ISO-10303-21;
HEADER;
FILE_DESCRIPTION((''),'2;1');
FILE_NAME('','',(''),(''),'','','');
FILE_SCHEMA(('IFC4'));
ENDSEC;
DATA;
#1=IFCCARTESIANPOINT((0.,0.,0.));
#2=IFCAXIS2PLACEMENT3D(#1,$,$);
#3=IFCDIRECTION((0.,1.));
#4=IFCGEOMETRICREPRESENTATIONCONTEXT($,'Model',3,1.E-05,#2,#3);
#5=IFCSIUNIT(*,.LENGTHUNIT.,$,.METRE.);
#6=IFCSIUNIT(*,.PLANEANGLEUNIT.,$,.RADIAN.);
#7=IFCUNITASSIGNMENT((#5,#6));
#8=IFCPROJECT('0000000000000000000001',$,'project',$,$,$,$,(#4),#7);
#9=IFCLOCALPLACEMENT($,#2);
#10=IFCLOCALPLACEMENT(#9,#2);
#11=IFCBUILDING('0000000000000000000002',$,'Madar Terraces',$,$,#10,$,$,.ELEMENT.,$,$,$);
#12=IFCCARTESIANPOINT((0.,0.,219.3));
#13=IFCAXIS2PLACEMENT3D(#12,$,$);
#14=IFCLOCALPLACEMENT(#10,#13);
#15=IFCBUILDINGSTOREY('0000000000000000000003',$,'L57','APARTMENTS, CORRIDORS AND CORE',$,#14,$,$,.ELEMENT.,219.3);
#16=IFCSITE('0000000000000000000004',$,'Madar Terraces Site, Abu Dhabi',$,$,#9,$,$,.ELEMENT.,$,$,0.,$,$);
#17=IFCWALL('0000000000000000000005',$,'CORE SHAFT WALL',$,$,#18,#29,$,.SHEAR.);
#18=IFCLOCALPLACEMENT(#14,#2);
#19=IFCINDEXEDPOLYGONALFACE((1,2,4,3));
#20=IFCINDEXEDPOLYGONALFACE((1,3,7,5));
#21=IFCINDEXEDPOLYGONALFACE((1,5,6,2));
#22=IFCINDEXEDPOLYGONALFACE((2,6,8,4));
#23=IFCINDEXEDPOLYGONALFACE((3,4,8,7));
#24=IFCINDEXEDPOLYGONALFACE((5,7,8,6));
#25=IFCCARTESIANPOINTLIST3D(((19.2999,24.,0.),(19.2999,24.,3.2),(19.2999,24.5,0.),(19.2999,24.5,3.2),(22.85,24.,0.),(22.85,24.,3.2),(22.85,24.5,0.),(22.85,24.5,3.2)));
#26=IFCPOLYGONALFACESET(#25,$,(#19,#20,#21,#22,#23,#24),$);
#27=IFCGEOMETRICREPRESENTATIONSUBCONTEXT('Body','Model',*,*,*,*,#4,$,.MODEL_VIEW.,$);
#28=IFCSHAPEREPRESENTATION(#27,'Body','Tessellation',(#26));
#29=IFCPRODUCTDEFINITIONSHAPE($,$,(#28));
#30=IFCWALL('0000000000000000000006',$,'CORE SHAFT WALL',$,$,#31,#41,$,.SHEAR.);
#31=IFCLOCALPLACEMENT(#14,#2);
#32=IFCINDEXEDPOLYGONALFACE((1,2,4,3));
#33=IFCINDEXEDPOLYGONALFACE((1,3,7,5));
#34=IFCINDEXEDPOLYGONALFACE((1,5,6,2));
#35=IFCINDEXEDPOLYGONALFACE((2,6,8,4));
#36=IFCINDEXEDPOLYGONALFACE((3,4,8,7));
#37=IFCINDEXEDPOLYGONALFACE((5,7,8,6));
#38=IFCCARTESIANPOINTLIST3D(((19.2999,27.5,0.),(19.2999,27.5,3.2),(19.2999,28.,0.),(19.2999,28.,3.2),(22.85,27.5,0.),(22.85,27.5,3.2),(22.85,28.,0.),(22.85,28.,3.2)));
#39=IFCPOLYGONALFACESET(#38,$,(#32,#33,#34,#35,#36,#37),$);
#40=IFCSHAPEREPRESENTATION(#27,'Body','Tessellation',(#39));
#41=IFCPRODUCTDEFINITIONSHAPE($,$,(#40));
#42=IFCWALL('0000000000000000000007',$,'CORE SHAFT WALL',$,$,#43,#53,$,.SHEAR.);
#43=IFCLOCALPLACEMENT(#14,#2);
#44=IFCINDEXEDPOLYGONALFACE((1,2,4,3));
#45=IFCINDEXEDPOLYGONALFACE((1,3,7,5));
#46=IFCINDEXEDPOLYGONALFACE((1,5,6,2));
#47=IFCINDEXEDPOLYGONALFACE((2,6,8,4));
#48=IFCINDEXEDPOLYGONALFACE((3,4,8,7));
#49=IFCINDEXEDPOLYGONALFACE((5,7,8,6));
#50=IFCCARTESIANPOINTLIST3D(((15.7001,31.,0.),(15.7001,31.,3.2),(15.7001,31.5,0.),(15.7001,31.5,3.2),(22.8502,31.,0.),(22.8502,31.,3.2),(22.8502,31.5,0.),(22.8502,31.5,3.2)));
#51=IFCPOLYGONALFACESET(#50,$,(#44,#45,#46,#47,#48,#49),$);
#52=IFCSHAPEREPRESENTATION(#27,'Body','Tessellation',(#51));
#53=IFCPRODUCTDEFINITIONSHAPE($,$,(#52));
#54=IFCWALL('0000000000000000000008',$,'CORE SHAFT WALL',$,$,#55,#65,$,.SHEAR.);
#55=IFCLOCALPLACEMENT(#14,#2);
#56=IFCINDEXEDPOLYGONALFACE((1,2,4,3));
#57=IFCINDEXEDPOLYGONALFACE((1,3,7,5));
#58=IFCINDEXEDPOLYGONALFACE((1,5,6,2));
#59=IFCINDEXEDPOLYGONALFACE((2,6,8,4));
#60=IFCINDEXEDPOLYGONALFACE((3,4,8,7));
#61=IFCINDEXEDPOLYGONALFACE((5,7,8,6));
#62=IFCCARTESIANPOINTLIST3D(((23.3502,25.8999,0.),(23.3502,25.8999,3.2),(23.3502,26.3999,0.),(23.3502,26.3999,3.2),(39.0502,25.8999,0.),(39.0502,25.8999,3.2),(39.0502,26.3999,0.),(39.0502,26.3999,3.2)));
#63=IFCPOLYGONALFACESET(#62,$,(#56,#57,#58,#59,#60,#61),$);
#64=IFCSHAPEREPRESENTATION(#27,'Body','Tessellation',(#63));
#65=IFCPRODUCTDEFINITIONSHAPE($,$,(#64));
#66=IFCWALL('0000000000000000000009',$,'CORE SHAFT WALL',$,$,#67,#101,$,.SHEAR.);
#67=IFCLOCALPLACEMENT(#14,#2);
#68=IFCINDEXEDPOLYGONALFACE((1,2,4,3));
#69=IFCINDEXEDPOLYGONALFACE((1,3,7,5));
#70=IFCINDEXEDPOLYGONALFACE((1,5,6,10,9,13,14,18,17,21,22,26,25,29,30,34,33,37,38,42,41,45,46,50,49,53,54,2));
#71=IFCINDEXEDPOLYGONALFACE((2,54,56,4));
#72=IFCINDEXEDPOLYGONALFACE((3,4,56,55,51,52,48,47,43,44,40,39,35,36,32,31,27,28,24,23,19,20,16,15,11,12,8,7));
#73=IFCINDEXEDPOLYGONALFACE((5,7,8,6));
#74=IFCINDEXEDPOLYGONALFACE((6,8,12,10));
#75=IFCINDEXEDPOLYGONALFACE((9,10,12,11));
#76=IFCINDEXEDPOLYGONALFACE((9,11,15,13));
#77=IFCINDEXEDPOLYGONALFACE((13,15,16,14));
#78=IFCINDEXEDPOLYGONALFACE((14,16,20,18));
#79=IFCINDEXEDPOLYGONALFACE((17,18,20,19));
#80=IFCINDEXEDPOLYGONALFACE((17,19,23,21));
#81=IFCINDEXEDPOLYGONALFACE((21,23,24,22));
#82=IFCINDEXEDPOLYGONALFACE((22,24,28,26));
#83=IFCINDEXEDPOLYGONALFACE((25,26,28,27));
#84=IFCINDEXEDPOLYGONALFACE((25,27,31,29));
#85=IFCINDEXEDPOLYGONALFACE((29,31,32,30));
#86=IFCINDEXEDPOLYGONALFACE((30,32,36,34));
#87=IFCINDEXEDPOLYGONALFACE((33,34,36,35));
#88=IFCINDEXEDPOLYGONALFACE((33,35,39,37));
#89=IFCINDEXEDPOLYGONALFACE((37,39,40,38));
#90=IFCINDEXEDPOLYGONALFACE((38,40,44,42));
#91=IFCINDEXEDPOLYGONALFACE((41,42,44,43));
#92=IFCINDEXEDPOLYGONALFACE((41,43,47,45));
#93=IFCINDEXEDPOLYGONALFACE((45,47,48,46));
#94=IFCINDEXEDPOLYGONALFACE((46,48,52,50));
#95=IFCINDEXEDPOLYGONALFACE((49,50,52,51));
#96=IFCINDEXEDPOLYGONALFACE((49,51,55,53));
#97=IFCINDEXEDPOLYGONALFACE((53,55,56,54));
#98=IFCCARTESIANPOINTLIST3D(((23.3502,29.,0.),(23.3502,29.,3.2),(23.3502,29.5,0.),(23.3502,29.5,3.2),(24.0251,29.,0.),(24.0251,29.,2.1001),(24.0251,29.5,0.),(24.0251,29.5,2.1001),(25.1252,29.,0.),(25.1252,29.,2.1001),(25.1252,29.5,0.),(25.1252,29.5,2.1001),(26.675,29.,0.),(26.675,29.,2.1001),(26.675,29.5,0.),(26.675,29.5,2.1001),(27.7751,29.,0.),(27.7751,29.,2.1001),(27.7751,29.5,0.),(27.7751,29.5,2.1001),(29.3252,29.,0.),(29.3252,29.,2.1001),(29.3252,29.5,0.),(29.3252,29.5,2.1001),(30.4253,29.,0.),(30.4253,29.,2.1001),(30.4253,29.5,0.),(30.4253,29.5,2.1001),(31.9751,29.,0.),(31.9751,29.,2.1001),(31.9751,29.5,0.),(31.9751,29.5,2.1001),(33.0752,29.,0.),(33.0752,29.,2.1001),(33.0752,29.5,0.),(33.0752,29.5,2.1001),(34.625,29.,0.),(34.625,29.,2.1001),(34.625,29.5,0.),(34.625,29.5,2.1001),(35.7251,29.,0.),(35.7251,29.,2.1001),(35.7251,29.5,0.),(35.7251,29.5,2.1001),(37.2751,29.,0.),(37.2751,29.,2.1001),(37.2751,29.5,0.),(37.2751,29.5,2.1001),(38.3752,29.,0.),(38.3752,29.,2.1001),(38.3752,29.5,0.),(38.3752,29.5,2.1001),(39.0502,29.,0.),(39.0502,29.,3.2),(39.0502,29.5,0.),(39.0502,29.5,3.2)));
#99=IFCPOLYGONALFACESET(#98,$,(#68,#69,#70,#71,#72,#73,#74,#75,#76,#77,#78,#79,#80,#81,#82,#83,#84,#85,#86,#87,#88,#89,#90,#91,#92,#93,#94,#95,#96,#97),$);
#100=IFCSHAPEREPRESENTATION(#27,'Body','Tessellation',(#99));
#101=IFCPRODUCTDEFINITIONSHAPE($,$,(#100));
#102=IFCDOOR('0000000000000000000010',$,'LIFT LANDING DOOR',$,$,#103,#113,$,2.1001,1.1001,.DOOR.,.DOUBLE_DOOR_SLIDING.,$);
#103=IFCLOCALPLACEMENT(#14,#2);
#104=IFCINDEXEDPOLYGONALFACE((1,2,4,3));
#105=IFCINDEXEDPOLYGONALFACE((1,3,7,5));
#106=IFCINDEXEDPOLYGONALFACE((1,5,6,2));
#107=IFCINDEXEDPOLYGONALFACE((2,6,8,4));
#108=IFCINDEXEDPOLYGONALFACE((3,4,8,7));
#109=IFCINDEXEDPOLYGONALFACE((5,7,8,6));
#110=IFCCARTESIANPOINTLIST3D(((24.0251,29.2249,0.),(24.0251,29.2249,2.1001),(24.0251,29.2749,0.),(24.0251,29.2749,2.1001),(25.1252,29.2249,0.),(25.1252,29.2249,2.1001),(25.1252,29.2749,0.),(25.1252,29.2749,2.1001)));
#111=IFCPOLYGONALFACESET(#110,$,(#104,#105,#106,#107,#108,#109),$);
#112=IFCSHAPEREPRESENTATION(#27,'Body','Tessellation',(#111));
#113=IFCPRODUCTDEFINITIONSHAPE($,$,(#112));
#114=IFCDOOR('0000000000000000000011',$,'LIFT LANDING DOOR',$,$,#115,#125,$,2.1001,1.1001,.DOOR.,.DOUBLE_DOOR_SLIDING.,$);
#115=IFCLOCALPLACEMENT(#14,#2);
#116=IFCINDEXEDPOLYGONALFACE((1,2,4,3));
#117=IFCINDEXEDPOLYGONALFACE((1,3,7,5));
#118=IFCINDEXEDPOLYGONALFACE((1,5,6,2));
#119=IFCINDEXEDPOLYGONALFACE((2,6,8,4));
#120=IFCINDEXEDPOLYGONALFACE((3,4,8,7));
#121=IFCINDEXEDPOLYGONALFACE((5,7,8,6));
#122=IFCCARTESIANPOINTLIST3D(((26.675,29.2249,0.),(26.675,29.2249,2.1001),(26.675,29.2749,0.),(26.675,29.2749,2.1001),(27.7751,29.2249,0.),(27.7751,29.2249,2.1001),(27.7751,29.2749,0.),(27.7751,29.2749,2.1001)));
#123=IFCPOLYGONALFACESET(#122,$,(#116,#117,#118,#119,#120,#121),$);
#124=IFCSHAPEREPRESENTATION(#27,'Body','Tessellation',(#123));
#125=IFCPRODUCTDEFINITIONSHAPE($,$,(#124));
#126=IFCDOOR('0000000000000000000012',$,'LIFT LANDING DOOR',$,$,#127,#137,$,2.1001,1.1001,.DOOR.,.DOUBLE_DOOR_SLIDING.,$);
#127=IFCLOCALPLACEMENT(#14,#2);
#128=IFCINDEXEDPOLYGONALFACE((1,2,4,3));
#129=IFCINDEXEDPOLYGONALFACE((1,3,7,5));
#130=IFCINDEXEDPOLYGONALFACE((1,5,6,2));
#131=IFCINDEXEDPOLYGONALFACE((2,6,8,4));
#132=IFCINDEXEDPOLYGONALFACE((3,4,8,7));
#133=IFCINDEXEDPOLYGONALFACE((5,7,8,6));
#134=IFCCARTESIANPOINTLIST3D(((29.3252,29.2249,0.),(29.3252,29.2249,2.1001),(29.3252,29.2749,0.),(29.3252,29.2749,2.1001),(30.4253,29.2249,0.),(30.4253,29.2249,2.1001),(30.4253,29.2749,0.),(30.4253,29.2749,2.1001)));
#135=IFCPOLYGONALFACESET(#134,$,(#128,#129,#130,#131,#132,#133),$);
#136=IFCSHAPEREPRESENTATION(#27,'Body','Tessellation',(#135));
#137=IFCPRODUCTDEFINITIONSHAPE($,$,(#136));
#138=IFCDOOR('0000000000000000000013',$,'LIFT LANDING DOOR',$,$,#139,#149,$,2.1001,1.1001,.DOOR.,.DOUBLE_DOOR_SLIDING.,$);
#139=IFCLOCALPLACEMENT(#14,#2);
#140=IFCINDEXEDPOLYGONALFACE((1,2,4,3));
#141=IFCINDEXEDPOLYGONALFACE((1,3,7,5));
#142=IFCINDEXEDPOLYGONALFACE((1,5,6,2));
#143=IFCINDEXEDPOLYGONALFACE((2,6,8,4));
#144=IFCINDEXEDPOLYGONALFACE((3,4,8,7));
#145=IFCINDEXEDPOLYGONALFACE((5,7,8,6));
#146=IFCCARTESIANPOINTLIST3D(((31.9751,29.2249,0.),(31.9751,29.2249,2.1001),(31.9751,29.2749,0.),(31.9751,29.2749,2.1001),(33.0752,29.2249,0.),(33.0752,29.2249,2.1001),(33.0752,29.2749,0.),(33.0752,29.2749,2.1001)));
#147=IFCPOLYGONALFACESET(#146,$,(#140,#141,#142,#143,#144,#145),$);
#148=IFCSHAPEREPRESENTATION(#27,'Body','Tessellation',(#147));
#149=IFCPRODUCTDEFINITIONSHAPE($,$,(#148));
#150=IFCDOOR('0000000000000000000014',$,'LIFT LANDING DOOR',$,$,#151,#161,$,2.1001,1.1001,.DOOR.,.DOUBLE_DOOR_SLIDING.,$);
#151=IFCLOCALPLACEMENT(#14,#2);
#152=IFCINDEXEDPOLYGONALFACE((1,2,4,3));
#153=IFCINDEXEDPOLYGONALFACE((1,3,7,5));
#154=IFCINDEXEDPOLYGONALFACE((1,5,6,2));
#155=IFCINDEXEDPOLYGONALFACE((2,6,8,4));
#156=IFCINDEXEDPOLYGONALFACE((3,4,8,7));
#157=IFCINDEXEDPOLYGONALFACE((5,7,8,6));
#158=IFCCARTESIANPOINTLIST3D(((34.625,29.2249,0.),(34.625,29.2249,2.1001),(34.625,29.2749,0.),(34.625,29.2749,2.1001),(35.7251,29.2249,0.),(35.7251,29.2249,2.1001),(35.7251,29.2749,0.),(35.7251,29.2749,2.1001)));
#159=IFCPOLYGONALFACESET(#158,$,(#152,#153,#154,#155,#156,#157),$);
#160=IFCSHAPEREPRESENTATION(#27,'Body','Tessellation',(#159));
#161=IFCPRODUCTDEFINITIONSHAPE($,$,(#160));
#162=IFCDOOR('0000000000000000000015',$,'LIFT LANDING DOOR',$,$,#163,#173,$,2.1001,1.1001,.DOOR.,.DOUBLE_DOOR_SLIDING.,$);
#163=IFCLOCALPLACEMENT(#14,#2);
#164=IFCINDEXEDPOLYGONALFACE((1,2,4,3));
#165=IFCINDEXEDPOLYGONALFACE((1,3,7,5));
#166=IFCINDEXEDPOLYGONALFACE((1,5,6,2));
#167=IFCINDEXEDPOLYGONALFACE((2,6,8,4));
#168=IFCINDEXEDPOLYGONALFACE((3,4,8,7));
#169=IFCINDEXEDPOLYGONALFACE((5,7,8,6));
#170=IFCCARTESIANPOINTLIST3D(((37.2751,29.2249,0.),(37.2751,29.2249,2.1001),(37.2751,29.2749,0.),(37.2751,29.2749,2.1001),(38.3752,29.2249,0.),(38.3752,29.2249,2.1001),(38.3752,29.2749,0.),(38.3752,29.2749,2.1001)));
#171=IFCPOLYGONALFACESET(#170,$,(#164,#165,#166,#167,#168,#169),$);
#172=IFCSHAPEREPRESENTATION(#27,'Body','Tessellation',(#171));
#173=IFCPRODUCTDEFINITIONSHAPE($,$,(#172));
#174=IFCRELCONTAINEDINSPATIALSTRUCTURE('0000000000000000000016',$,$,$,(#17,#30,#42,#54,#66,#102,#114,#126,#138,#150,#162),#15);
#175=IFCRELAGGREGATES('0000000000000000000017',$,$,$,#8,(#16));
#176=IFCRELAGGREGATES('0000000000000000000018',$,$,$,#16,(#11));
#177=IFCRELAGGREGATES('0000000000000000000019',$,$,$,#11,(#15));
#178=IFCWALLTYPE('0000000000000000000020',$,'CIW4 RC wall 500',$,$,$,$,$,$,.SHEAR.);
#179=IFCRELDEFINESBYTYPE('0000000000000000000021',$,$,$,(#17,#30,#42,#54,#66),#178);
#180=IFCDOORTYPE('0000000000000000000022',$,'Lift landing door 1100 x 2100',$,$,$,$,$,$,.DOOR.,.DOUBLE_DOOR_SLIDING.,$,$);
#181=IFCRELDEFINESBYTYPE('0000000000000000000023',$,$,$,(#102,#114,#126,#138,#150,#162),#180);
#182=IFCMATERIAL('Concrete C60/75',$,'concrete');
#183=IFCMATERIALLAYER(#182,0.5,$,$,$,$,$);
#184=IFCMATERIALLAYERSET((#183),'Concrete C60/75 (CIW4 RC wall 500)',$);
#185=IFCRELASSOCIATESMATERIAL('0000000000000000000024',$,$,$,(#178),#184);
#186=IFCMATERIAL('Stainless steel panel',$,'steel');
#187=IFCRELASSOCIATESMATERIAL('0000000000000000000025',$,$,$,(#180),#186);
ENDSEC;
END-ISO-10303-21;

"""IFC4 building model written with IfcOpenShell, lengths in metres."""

from ifc_helpers import new_model, si_unit, direction, frame, frame_2d, origin, place, context, subcontext, project, spatial, rectangle, extrude, material, layer, layer_set, type_object, element, fill, save


model = new_model("IFC4")

# Units and contexts
model_context = context("Model", 3, precision=1e-05, world=origin(), true_north=direction((0.0, 1.0)))
body_context = subcontext(model_context, "Body", "Model", "MODEL_VIEW")
ifc_project = project(units=[si_unit("LENGTHUNIT", "METRE"), si_unit("PLANEANGLEUNIT", "RADIAN")], contexts=[model_context])

# Site, building, storey
site_placement = place(None, origin())
site = spatial("IfcSite", under=ifc_project, at=site_placement, Name="Madar Terraces Site, Abu Dhabi", CompositionType="ELEMENT", RefElevation=0.0)
building_placement = place(site_placement, origin())
building = spatial("IfcBuilding", under=site, at=building_placement, Name="Madar Terraces", CompositionType="ELEMENT")
storey_placement = place(building_placement, frame((0.0, 0.0, 219.3)))
storey = spatial("IfcBuildingStorey", under=building, at=storey_placement, Name="L57", Description="APARTMENTS, CORRIDORS AND CORE", CompositionType="ELEMENT", Elevation=219.3)

# Walls
ifc_material_1 = material(Name="Concrete C60/75", Category="concrete")
ifc_layer_1 = layer(ifc_material_1, 0.5)
ifc_layer_set_1 = layer_set([ifc_layer_1], Name="Concrete C60/75 (CIW4 RC wall 500)")
wall_type_1 = type_object("IfcWallType", Name="CIW4 RC wall 500", PredefinedType="SHEAR", material=ifc_layer_set_1)
for number, where, z_axis, x_axis, name in (
    (1, (19.3, 24.25, 0.0), (0.0, 0.0, 1.0), (1.0, 0.0, 0.0), "CORE SHAFT WALL"),
    (2, (19.3, 27.75, 0.0), (0.0, 0.0, 1.0), (1.0, 0.0, 0.0), "CORE SHAFT WALL"),
):
    element("IfcWall", number, at=place(storey_placement, frame(where, z_axis=z_axis, x_axis=x_axis)), inside=storey, type_object=wall_type_1, Name=name, PredefinedType="SHEAR", context=body_context, shape_type="SweptSolid", body=[
        extrude(rectangle(XDim=3.55, YDim=0.5, at=frame_2d((1.7749, 0.0))), origin(), (0.0, 0.0, 1.0), 3.2),
    ])
wall_1_placement = place(storey_placement, frame((15.7, 31.25, 0.0), z_axis=(0.0, 0.0, 1.0), x_axis=(1.0, 0.0, 0.0)))
element("IfcWall", 3, at=wall_1_placement, inside=storey, type_object=wall_type_1, Name="CORE SHAFT WALL", PredefinedType="SHEAR", context=body_context, shape_type="SweptSolid", body=[
    extrude(rectangle(XDim=7.1501, YDim=0.5, at=frame_2d((3.5752, 0.0))), origin(), (0.0, 0.0, 1.0), 3.2),
])
wall_2_placement = place(storey_placement, frame((23.3501, 26.1499, 0.0), z_axis=(0.0, 0.0, 1.0), x_axis=(1.0, 0.0, 0.0)))
element("IfcWall", 4, at=wall_2_placement, inside=storey, type_object=wall_type_1, Name="CORE SHAFT WALL", PredefinedType="SHEAR", context=body_context, shape_type="SweptSolid", body=[
    extrude(rectangle(XDim=15.7, YDim=0.5, at=frame_2d((7.8501, 0.0))), origin(), (0.0, 0.0, 1.0), 3.2),
])

# Wall, openings, doors
wall_3_placement = place(storey_placement, frame((23.3501, 29.25, 0.0), z_axis=(0.0, 0.0, 1.0), x_axis=(1.0, 0.0, 0.0)))
wall_3 = element("IfcWall", 5, at=wall_3_placement, inside=storey, type_object=wall_type_1, Name="CORE SHAFT WALL", PredefinedType="SHEAR", context=body_context, shape_type="SweptSolid", body=[
    extrude(rectangle(XDim=15.7, YDim=0.5, at=frame_2d((7.8501, 0.0))), origin(), (0.0, 0.0, 1.0), 3.2),
])
opening_1_placement = place(wall_3_placement, frame((0.675, 0.0, 0.0)))
opening_1 = element("IfcOpeningElement", 6, at=opening_1_placement, cuts=wall_3, PredefinedType="OPENING", context=body_context, shape_type="SweptSolid", body=[
    extrude(rectangle(XDim=1.1001, YDim=2.1001, at=frame_2d((0.55, 1.05))), frame((0.0, 0.26, 0.0), z_axis=(0.0, -1.0, 0.0), x_axis=(1.0, 0.0, 0.0)), (0.0, 0.0, 1.0), 0.52),
])
opening_2_placement = place(wall_3_placement, frame((3.325, 0.0, 0.0)))
opening_2 = element("IfcOpeningElement", 7, at=opening_2_placement, cuts=wall_3, PredefinedType="OPENING", context=body_context, shape_type="SweptSolid", body=[
    extrude(rectangle(XDim=1.1001, YDim=2.1001, at=frame_2d((0.55, 1.05))), frame((0.0, 0.26, 0.0), z_axis=(0.0, -1.0, 0.0), x_axis=(1.0, 0.0, 0.0)), (0.0, 0.0, 1.0), 0.52),
])
opening_3_placement = place(wall_3_placement, frame((5.9751, 0.0, 0.0)))
opening_3 = element("IfcOpeningElement", 8, at=opening_3_placement, cuts=wall_3, PredefinedType="OPENING", context=body_context, shape_type="SweptSolid", body=[
    extrude(rectangle(XDim=1.1001, YDim=2.1001, at=frame_2d((0.55, 1.05))), frame((0.0, 0.26, 0.0), z_axis=(0.0, -1.0, 0.0), x_axis=(1.0, 0.0, 0.0)), (0.0, 0.0, 1.0), 0.52),
])
opening_4_placement = place(wall_3_placement, frame((8.625, 0.0, 0.0)))
opening_4 = element("IfcOpeningElement", 9, at=opening_4_placement, cuts=wall_3, PredefinedType="OPENING", context=body_context, shape_type="SweptSolid", body=[
    extrude(rectangle(XDim=1.1001, YDim=2.1001, at=frame_2d((0.55, 1.05))), frame((0.0, 0.26, 0.0), z_axis=(0.0, -1.0, 0.0), x_axis=(1.0, 0.0, 0.0)), (0.0, 0.0, 1.0), 0.52),
])
opening_5_placement = place(wall_3_placement, frame((11.2749, 0.0, 0.0)))
opening_5 = element("IfcOpeningElement", 10, at=opening_5_placement, cuts=wall_3, PredefinedType="OPENING", context=body_context, shape_type="SweptSolid", body=[
    extrude(rectangle(XDim=1.1001, YDim=2.1001, at=frame_2d((0.55, 1.05))), frame((0.0, 0.26, 0.0), z_axis=(0.0, -1.0, 0.0), x_axis=(1.0, 0.0, 0.0)), (0.0, 0.0, 1.0), 0.52),
])
opening_6_placement = place(wall_3_placement, frame((13.925, 0.0, 0.0)))
opening_6 = element("IfcOpeningElement", 11, at=opening_6_placement, cuts=wall_3, PredefinedType="OPENING", context=body_context, shape_type="SweptSolid", body=[
    extrude(rectangle(XDim=1.1001, YDim=2.1001, at=frame_2d((0.55, 1.05))), frame((0.0, 0.26, 0.0), z_axis=(0.0, -1.0, 0.0), x_axis=(1.0, 0.0, 0.0)), (0.0, 0.0, 1.0), 0.52),
])
ifc_material_2 = material(Name="Stainless steel panel", Category="steel")
door_type_1 = type_object("IfcDoorType", Name="Lift landing door 1100 x 2100", OperationType="DOUBLE_DOOR_SLIDING", PredefinedType="DOOR", material=ifc_material_2)
door_1_placement = place(opening_1_placement, origin())
door_1 = element("IfcDoor", 12, at=door_1_placement, inside=storey, type_object=door_type_1, Name="LIFT LANDING DOOR", OperationType="DOUBLE_DOOR_SLIDING", OverallHeight=2.1001, OverallWidth=1.1001, PredefinedType="DOOR", context=body_context, shape_type="SweptSolid", body=[
    extrude(rectangle(XDim=1.1001, YDim=2.1001, at=frame_2d((0.55, 1.05))), frame((0.0, 0.0249, 0.0), z_axis=(0.0, -1.0, 0.0), x_axis=(1.0, 0.0, 0.0)), (0.0, 0.0, 1.0), 0.05),
])
fill(opening_1, door_1)
door_2_placement = place(opening_2_placement, origin())
door_2 = element("IfcDoor", 13, at=door_2_placement, inside=storey, type_object=door_type_1, Name="LIFT LANDING DOOR", OperationType="DOUBLE_DOOR_SLIDING", OverallHeight=2.1001, OverallWidth=1.1001, PredefinedType="DOOR", context=body_context, shape_type="SweptSolid", body=[
    extrude(rectangle(XDim=1.1001, YDim=2.1001, at=frame_2d((0.55, 1.05))), frame((0.0, 0.0249, 0.0), z_axis=(0.0, -1.0, 0.0), x_axis=(1.0, 0.0, 0.0)), (0.0, 0.0, 1.0), 0.05),
])
fill(opening_2, door_2)
door_3_placement = place(opening_3_placement, origin())
door_3 = element("IfcDoor", 14, at=door_3_placement, inside=storey, type_object=door_type_1, Name="LIFT LANDING DOOR", OperationType="DOUBLE_DOOR_SLIDING", OverallHeight=2.1001, OverallWidth=1.1001, PredefinedType="DOOR", context=body_context, shape_type="SweptSolid", body=[
    extrude(rectangle(XDim=1.1001, YDim=2.1001, at=frame_2d((0.55, 1.05))), frame((0.0, 0.0249, 0.0), z_axis=(0.0, -1.0, 0.0), x_axis=(1.0, 0.0, 0.0)), (0.0, 0.0, 1.0), 0.05),
])
fill(opening_3, door_3)
door_4_placement = place(opening_4_placement, origin())
door_4 = element("IfcDoor", 15, at=door_4_placement, inside=storey, type_object=door_type_1, Name="LIFT LANDING DOOR", OperationType="DOUBLE_DOOR_SLIDING", OverallHeight=2.1001, OverallWidth=1.1001, PredefinedType="DOOR", context=body_context, shape_type="SweptSolid", body=[
    extrude(rectangle(XDim=1.1001, YDim=2.1001, at=frame_2d((0.55, 1.05))), frame((0.0, 0.0249, 0.0), z_axis=(0.0, -1.0, 0.0), x_axis=(1.0, 0.0, 0.0)), (0.0, 0.0, 1.0), 0.05),
])
fill(opening_4, door_4)
door_5_placement = place(opening_5_placement, origin())
door_5 = element("IfcDoor", 16, at=door_5_placement, inside=storey, type_object=door_type_1, Name="LIFT LANDING DOOR", OperationType="DOUBLE_DOOR_SLIDING", OverallHeight=2.1001, OverallWidth=1.1001, PredefinedType="DOOR", context=body_context, shape_type="SweptSolid", body=[
    extrude(rectangle(XDim=1.1001, YDim=2.1001, at=frame_2d((0.55, 1.05))), frame((0.0, 0.0249, 0.0), z_axis=(0.0, -1.0, 0.0), x_axis=(1.0, 0.0, 0.0)), (0.0, 0.0, 1.0), 0.05),
])
fill(opening_5, door_5)
door_6_placement = place(opening_6_placement, origin())
door_6 = element("IfcDoor", 17, at=door_6_placement, inside=storey, type_object=door_type_1, Name="LIFT LANDING DOOR", OperationType="DOUBLE_DOOR_SLIDING", OverallHeight=2.1001, OverallWidth=1.1001, PredefinedType="DOOR", context=body_context, shape_type="SweptSolid", body=[
    extrude(rectangle(XDim=1.1001, YDim=2.1001, at=frame_2d((0.55, 1.05))), frame((0.0, 0.0249, 0.0), z_axis=(0.0, -1.0, 0.0), x_axis=(1.0, 0.0, 0.0)), (0.0, 0.0, 1.0), 0.05),
])
fill(opening_6, door_6)

save(model, "model.ifc")
